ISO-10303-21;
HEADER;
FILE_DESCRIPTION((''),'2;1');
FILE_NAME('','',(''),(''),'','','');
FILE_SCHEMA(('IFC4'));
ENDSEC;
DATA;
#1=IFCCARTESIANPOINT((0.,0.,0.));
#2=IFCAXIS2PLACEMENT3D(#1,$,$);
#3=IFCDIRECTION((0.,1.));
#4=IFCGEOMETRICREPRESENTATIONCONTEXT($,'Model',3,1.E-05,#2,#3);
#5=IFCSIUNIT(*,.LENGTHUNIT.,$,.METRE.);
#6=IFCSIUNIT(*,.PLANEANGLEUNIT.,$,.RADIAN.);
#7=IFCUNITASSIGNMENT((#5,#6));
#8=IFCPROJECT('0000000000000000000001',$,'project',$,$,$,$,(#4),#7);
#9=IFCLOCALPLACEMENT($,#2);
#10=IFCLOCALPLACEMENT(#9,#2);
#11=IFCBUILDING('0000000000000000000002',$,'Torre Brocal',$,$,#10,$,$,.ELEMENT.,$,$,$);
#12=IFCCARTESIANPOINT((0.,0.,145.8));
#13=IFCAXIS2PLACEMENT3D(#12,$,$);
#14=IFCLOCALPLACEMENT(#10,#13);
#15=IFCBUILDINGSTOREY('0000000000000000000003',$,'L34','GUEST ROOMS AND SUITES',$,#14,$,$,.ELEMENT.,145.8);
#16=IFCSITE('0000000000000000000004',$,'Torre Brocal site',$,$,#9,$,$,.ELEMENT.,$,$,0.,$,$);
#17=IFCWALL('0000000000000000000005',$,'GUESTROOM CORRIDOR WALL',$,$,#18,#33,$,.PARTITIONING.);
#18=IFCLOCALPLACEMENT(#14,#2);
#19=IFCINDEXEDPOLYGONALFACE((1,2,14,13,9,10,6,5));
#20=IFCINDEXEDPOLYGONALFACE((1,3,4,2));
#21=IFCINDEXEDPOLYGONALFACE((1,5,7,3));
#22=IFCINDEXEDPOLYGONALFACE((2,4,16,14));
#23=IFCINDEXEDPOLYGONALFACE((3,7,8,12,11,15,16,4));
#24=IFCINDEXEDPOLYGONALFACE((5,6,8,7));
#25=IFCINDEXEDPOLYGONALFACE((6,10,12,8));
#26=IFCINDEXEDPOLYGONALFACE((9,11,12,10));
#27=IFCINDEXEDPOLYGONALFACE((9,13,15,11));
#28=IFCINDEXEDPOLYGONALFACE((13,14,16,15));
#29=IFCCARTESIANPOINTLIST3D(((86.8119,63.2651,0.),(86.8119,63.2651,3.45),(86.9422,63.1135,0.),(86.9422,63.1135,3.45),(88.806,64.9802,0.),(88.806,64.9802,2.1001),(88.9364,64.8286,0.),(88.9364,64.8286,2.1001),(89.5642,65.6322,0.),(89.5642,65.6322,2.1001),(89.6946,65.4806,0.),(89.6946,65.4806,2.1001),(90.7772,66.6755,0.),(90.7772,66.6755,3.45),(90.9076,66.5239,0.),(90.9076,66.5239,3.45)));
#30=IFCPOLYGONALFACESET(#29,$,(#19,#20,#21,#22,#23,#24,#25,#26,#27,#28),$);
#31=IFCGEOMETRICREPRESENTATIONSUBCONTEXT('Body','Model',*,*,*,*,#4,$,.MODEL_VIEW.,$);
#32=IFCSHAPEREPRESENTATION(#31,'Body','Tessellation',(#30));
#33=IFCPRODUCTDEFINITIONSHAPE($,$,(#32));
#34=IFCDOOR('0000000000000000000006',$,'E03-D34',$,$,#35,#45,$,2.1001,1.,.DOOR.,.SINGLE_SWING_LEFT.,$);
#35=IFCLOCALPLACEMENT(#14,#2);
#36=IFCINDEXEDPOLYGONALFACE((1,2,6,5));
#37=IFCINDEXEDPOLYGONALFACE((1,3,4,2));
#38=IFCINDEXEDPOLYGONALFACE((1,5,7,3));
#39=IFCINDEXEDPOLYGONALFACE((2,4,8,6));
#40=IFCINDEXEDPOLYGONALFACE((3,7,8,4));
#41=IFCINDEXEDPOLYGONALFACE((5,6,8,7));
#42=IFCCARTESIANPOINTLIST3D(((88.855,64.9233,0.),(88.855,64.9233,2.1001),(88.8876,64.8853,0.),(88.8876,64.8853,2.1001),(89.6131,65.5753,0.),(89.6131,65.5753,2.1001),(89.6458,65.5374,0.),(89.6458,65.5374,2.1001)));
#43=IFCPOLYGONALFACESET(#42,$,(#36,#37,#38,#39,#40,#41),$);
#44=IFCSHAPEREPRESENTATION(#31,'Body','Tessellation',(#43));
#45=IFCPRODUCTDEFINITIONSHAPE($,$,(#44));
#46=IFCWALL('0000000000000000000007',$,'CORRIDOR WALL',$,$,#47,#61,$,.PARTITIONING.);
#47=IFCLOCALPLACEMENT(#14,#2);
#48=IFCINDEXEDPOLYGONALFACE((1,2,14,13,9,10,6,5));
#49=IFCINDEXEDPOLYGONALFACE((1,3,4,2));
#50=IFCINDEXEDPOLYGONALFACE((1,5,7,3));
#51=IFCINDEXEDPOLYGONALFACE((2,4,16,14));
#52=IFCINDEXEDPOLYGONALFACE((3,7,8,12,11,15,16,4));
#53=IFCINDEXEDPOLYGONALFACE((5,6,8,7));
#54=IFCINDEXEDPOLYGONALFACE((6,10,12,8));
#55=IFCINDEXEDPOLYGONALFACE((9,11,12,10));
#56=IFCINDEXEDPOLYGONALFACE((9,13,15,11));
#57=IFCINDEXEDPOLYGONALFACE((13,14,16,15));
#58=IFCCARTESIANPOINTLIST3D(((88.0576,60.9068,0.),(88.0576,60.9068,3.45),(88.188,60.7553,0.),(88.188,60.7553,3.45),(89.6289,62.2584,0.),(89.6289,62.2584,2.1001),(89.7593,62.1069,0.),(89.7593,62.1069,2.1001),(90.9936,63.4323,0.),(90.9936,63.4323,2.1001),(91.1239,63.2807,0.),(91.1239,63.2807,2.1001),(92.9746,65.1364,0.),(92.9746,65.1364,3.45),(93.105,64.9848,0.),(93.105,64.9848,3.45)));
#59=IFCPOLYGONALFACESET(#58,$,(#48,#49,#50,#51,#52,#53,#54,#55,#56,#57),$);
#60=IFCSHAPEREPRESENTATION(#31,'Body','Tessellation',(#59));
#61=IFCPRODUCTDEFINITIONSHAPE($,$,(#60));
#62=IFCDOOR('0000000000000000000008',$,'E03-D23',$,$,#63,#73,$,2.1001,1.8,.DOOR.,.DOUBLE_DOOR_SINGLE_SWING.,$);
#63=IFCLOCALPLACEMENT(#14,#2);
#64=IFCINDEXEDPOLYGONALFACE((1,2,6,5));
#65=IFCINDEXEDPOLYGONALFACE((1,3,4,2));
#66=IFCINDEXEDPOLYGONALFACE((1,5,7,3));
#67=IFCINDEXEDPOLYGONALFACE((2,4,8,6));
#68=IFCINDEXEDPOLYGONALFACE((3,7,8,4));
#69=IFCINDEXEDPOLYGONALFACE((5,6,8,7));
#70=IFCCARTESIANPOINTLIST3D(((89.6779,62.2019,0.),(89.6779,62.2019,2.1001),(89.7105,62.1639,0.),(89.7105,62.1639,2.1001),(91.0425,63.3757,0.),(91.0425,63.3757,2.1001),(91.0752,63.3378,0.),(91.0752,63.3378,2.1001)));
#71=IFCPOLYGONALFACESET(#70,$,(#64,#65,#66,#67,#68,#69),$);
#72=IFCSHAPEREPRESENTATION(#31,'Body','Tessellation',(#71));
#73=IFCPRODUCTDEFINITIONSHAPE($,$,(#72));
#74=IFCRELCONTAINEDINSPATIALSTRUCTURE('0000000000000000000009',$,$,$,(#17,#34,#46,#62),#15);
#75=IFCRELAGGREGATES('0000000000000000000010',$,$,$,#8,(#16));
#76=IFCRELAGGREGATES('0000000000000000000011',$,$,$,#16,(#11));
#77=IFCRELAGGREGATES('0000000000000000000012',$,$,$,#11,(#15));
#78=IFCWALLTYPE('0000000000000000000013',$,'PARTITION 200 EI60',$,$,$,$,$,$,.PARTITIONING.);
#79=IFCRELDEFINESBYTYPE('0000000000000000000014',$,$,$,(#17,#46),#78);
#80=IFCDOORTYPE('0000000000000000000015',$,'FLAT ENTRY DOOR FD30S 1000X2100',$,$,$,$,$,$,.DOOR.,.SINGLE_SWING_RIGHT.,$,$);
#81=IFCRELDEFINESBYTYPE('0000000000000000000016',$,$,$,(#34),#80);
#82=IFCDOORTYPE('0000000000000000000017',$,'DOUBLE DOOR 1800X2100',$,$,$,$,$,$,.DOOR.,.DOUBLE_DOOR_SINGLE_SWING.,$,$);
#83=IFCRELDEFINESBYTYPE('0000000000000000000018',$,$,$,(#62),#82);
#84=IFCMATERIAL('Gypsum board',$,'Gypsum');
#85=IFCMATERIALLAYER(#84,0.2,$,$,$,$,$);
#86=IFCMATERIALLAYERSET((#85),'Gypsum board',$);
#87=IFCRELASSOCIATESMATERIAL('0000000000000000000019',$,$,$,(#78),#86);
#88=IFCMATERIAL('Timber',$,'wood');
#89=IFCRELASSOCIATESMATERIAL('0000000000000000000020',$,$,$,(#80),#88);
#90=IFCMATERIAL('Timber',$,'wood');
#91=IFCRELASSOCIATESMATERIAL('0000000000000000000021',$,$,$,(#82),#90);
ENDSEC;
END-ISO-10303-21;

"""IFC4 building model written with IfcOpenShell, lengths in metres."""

from ifc_helpers import new_model, si_unit, direction, frame, frame_2d, origin, place, context, subcontext, project, spatial, rectangle, extrude, material, layer, layer_set, type_object, element, fill, save


model = new_model("IFC4")

# Units and contexts
model_context = context("Model", 3, precision=1e-05, world=origin(), true_north=direction((0.0, 1.0)))
body_context = subcontext(model_context, "Body", "Model", "MODEL_VIEW")
ifc_project = project(units=[si_unit("LENGTHUNIT", "METRE"), si_unit("PLANEANGLEUNIT", "RADIAN")], contexts=[model_context])

# Site, building, storey
site_placement = place(None, origin())
site = spatial("IfcSite", under=ifc_project, at=site_placement, Name="Torre Brocal site", CompositionType="ELEMENT", RefElevation=0.0)
building_placement = place(site_placement, origin())
building = spatial("IfcBuilding", under=site, at=building_placement, Name="Torre Brocal", CompositionType="ELEMENT")
storey_placement = place(building_placement, frame((0.0, 0.0, 145.8)))
storey = spatial("IfcBuildingStorey", under=building, at=storey_placement, Name="L34", Description="GUEST ROOMS AND SUITES", CompositionType="ELEMENT", Elevation=145.8)

# Shared definitions
ifc_material_1 = material(Name="Gypsum board", Category="Gypsum")
ifc_layer_1 = layer(ifc_material_1, 0.2)
ifc_layer_set_1 = layer_set([ifc_layer_1], Name="Gypsum board")
wall_type_1 = type_object("IfcWallType", Name="PARTITION 200 EI60", PredefinedType="PARTITIONING", material=ifc_layer_set_1)

# Walls, openings, doors
wall_1_placement = place(storey_placement, frame((86.877, 63.1892, 0.0), z_axis=(0.0, 0.0, 1.0), x_axis=(0.758165, 0.652063, 0.0)))
wall_1 = element("IfcWall", 1, at=wall_1_placement, inside=storey, type_object=wall_type_1, Name="GUESTROOM CORRIDOR WALL", PredefinedType="PARTITIONING", context=body_context, shape_type="SweptSolid", body=[
    extrude(rectangle(XDim=5.2302, YDim=0.2, at=frame_2d((2.6152, 0.0))), origin(), (0.0, 0.0, 1.0), 3.45),
])
opening_1_placement = place(wall_1_placement, frame((2.6304, 0.0, 0.0)))
opening_1 = element("IfcOpeningElement", 2, at=opening_1_placement, cuts=wall_1, PredefinedType="OPENING", context=body_context, shape_type="SweptSolid", body=[
    extrude(rectangle(XDim=1.0, YDim=2.1001, at=frame_2d((0.5, 1.05))), frame((0.0, 0.1099, 0.0), z_axis=(0.0, -1.0, 0.0), x_axis=(1.0, 0.0, 0.0)), (0.0, 0.0, 1.0), 0.22),
])
ifc_material_2 = material(Name="Timber", Category="wood")
door_type_1 = type_object("IfcDoorType", Name="FLAT ENTRY DOOR FD30S 1000X2100", OperationType="SINGLE_SWING_RIGHT", PredefinedType="DOOR", material=ifc_material_2)
door_1_placement = place(opening_1_placement, origin())
door_1 = element("IfcDoor", 3, at=door_1_placement, inside=storey, type_object=door_type_1, Name="E03-D34", OperationType="SINGLE_SWING_LEFT", OverallHeight=2.1001, OverallWidth=1.0, PredefinedType="DOOR", context=body_context, shape_type="SweptSolid", body=[
    extrude(rectangle(XDim=1.0, YDim=2.1001, at=frame_2d((0.5, 1.05))), frame((0.0, 0.0249, 0.0), z_axis=(0.0, -1.0, 0.0), x_axis=(1.0, 0.0, 0.0)), (0.0, 0.0, 1.0), 0.05),
])
fill(opening_1, door_1)
wall_2_placement = place(storey_placement, frame((88.1228, 60.8311, 0.0), z_axis=(0.0, 0.0, 1.0), x_axis=(0.758118, 0.652117, 0.0)))
wall_2 = element("IfcWall", 4, at=wall_2_placement, inside=storey, type_object=wall_type_1, Name="CORRIDOR WALL", PredefinedType="PARTITIONING", context=body_context, shape_type="SweptSolid", body=[
    extrude(rectangle(XDim=6.4858, YDim=0.2, at=frame_2d((3.2429, 0.0))), origin(), (0.0, 0.0, 1.0), 3.45),
])
opening_2_placement = place(wall_2_placement, frame((2.0728, 0.0, 0.0)))
opening_2 = element("IfcOpeningElement", 5, at=opening_2_placement, cuts=wall_2, PredefinedType="OPENING", context=body_context, shape_type="SweptSolid", body=[
    extrude(rectangle(XDim=1.8, YDim=2.1001, at=frame_2d((0.8999, 1.05))), frame((0.0, 0.1099, 0.0), z_axis=(0.0, -1.0, 0.0), x_axis=(1.0, 0.0, 0.0)), (0.0, 0.0, 1.0), 0.22),
])
ifc_material_3 = material(Name="Timber", Category="wood")
door_type_2 = type_object("IfcDoorType", Name="DOUBLE DOOR 1800X2100", OperationType="DOUBLE_DOOR_SINGLE_SWING", PredefinedType="DOOR", material=ifc_material_3)
door_2_placement = place(opening_2_placement, frame((1.8, 0.0, 0.0), z_axis=(0.0, 0.0, 1.0), x_axis=(-1.0, 0.0, 0.0)))
door_2 = element("IfcDoor", 6, at=door_2_placement, inside=storey, type_object=door_type_2, Name="E03-D23", OperationType="DOUBLE_DOOR_SINGLE_SWING", OverallHeight=2.1001, OverallWidth=1.8, PredefinedType="DOOR", context=body_context, shape_type="SweptSolid", body=[
    extrude(rectangle(XDim=1.8, YDim=2.1001, at=frame_2d((0.8999, 1.05))), frame((0.0, 0.0249, 0.0), z_axis=(0.0, -1.0, 0.0), x_axis=(1.0, 0.0, 0.0)), (0.0, 0.0, 1.0), 0.05),
])
fill(opening_2, door_2)

save(model, "model.ifc")
